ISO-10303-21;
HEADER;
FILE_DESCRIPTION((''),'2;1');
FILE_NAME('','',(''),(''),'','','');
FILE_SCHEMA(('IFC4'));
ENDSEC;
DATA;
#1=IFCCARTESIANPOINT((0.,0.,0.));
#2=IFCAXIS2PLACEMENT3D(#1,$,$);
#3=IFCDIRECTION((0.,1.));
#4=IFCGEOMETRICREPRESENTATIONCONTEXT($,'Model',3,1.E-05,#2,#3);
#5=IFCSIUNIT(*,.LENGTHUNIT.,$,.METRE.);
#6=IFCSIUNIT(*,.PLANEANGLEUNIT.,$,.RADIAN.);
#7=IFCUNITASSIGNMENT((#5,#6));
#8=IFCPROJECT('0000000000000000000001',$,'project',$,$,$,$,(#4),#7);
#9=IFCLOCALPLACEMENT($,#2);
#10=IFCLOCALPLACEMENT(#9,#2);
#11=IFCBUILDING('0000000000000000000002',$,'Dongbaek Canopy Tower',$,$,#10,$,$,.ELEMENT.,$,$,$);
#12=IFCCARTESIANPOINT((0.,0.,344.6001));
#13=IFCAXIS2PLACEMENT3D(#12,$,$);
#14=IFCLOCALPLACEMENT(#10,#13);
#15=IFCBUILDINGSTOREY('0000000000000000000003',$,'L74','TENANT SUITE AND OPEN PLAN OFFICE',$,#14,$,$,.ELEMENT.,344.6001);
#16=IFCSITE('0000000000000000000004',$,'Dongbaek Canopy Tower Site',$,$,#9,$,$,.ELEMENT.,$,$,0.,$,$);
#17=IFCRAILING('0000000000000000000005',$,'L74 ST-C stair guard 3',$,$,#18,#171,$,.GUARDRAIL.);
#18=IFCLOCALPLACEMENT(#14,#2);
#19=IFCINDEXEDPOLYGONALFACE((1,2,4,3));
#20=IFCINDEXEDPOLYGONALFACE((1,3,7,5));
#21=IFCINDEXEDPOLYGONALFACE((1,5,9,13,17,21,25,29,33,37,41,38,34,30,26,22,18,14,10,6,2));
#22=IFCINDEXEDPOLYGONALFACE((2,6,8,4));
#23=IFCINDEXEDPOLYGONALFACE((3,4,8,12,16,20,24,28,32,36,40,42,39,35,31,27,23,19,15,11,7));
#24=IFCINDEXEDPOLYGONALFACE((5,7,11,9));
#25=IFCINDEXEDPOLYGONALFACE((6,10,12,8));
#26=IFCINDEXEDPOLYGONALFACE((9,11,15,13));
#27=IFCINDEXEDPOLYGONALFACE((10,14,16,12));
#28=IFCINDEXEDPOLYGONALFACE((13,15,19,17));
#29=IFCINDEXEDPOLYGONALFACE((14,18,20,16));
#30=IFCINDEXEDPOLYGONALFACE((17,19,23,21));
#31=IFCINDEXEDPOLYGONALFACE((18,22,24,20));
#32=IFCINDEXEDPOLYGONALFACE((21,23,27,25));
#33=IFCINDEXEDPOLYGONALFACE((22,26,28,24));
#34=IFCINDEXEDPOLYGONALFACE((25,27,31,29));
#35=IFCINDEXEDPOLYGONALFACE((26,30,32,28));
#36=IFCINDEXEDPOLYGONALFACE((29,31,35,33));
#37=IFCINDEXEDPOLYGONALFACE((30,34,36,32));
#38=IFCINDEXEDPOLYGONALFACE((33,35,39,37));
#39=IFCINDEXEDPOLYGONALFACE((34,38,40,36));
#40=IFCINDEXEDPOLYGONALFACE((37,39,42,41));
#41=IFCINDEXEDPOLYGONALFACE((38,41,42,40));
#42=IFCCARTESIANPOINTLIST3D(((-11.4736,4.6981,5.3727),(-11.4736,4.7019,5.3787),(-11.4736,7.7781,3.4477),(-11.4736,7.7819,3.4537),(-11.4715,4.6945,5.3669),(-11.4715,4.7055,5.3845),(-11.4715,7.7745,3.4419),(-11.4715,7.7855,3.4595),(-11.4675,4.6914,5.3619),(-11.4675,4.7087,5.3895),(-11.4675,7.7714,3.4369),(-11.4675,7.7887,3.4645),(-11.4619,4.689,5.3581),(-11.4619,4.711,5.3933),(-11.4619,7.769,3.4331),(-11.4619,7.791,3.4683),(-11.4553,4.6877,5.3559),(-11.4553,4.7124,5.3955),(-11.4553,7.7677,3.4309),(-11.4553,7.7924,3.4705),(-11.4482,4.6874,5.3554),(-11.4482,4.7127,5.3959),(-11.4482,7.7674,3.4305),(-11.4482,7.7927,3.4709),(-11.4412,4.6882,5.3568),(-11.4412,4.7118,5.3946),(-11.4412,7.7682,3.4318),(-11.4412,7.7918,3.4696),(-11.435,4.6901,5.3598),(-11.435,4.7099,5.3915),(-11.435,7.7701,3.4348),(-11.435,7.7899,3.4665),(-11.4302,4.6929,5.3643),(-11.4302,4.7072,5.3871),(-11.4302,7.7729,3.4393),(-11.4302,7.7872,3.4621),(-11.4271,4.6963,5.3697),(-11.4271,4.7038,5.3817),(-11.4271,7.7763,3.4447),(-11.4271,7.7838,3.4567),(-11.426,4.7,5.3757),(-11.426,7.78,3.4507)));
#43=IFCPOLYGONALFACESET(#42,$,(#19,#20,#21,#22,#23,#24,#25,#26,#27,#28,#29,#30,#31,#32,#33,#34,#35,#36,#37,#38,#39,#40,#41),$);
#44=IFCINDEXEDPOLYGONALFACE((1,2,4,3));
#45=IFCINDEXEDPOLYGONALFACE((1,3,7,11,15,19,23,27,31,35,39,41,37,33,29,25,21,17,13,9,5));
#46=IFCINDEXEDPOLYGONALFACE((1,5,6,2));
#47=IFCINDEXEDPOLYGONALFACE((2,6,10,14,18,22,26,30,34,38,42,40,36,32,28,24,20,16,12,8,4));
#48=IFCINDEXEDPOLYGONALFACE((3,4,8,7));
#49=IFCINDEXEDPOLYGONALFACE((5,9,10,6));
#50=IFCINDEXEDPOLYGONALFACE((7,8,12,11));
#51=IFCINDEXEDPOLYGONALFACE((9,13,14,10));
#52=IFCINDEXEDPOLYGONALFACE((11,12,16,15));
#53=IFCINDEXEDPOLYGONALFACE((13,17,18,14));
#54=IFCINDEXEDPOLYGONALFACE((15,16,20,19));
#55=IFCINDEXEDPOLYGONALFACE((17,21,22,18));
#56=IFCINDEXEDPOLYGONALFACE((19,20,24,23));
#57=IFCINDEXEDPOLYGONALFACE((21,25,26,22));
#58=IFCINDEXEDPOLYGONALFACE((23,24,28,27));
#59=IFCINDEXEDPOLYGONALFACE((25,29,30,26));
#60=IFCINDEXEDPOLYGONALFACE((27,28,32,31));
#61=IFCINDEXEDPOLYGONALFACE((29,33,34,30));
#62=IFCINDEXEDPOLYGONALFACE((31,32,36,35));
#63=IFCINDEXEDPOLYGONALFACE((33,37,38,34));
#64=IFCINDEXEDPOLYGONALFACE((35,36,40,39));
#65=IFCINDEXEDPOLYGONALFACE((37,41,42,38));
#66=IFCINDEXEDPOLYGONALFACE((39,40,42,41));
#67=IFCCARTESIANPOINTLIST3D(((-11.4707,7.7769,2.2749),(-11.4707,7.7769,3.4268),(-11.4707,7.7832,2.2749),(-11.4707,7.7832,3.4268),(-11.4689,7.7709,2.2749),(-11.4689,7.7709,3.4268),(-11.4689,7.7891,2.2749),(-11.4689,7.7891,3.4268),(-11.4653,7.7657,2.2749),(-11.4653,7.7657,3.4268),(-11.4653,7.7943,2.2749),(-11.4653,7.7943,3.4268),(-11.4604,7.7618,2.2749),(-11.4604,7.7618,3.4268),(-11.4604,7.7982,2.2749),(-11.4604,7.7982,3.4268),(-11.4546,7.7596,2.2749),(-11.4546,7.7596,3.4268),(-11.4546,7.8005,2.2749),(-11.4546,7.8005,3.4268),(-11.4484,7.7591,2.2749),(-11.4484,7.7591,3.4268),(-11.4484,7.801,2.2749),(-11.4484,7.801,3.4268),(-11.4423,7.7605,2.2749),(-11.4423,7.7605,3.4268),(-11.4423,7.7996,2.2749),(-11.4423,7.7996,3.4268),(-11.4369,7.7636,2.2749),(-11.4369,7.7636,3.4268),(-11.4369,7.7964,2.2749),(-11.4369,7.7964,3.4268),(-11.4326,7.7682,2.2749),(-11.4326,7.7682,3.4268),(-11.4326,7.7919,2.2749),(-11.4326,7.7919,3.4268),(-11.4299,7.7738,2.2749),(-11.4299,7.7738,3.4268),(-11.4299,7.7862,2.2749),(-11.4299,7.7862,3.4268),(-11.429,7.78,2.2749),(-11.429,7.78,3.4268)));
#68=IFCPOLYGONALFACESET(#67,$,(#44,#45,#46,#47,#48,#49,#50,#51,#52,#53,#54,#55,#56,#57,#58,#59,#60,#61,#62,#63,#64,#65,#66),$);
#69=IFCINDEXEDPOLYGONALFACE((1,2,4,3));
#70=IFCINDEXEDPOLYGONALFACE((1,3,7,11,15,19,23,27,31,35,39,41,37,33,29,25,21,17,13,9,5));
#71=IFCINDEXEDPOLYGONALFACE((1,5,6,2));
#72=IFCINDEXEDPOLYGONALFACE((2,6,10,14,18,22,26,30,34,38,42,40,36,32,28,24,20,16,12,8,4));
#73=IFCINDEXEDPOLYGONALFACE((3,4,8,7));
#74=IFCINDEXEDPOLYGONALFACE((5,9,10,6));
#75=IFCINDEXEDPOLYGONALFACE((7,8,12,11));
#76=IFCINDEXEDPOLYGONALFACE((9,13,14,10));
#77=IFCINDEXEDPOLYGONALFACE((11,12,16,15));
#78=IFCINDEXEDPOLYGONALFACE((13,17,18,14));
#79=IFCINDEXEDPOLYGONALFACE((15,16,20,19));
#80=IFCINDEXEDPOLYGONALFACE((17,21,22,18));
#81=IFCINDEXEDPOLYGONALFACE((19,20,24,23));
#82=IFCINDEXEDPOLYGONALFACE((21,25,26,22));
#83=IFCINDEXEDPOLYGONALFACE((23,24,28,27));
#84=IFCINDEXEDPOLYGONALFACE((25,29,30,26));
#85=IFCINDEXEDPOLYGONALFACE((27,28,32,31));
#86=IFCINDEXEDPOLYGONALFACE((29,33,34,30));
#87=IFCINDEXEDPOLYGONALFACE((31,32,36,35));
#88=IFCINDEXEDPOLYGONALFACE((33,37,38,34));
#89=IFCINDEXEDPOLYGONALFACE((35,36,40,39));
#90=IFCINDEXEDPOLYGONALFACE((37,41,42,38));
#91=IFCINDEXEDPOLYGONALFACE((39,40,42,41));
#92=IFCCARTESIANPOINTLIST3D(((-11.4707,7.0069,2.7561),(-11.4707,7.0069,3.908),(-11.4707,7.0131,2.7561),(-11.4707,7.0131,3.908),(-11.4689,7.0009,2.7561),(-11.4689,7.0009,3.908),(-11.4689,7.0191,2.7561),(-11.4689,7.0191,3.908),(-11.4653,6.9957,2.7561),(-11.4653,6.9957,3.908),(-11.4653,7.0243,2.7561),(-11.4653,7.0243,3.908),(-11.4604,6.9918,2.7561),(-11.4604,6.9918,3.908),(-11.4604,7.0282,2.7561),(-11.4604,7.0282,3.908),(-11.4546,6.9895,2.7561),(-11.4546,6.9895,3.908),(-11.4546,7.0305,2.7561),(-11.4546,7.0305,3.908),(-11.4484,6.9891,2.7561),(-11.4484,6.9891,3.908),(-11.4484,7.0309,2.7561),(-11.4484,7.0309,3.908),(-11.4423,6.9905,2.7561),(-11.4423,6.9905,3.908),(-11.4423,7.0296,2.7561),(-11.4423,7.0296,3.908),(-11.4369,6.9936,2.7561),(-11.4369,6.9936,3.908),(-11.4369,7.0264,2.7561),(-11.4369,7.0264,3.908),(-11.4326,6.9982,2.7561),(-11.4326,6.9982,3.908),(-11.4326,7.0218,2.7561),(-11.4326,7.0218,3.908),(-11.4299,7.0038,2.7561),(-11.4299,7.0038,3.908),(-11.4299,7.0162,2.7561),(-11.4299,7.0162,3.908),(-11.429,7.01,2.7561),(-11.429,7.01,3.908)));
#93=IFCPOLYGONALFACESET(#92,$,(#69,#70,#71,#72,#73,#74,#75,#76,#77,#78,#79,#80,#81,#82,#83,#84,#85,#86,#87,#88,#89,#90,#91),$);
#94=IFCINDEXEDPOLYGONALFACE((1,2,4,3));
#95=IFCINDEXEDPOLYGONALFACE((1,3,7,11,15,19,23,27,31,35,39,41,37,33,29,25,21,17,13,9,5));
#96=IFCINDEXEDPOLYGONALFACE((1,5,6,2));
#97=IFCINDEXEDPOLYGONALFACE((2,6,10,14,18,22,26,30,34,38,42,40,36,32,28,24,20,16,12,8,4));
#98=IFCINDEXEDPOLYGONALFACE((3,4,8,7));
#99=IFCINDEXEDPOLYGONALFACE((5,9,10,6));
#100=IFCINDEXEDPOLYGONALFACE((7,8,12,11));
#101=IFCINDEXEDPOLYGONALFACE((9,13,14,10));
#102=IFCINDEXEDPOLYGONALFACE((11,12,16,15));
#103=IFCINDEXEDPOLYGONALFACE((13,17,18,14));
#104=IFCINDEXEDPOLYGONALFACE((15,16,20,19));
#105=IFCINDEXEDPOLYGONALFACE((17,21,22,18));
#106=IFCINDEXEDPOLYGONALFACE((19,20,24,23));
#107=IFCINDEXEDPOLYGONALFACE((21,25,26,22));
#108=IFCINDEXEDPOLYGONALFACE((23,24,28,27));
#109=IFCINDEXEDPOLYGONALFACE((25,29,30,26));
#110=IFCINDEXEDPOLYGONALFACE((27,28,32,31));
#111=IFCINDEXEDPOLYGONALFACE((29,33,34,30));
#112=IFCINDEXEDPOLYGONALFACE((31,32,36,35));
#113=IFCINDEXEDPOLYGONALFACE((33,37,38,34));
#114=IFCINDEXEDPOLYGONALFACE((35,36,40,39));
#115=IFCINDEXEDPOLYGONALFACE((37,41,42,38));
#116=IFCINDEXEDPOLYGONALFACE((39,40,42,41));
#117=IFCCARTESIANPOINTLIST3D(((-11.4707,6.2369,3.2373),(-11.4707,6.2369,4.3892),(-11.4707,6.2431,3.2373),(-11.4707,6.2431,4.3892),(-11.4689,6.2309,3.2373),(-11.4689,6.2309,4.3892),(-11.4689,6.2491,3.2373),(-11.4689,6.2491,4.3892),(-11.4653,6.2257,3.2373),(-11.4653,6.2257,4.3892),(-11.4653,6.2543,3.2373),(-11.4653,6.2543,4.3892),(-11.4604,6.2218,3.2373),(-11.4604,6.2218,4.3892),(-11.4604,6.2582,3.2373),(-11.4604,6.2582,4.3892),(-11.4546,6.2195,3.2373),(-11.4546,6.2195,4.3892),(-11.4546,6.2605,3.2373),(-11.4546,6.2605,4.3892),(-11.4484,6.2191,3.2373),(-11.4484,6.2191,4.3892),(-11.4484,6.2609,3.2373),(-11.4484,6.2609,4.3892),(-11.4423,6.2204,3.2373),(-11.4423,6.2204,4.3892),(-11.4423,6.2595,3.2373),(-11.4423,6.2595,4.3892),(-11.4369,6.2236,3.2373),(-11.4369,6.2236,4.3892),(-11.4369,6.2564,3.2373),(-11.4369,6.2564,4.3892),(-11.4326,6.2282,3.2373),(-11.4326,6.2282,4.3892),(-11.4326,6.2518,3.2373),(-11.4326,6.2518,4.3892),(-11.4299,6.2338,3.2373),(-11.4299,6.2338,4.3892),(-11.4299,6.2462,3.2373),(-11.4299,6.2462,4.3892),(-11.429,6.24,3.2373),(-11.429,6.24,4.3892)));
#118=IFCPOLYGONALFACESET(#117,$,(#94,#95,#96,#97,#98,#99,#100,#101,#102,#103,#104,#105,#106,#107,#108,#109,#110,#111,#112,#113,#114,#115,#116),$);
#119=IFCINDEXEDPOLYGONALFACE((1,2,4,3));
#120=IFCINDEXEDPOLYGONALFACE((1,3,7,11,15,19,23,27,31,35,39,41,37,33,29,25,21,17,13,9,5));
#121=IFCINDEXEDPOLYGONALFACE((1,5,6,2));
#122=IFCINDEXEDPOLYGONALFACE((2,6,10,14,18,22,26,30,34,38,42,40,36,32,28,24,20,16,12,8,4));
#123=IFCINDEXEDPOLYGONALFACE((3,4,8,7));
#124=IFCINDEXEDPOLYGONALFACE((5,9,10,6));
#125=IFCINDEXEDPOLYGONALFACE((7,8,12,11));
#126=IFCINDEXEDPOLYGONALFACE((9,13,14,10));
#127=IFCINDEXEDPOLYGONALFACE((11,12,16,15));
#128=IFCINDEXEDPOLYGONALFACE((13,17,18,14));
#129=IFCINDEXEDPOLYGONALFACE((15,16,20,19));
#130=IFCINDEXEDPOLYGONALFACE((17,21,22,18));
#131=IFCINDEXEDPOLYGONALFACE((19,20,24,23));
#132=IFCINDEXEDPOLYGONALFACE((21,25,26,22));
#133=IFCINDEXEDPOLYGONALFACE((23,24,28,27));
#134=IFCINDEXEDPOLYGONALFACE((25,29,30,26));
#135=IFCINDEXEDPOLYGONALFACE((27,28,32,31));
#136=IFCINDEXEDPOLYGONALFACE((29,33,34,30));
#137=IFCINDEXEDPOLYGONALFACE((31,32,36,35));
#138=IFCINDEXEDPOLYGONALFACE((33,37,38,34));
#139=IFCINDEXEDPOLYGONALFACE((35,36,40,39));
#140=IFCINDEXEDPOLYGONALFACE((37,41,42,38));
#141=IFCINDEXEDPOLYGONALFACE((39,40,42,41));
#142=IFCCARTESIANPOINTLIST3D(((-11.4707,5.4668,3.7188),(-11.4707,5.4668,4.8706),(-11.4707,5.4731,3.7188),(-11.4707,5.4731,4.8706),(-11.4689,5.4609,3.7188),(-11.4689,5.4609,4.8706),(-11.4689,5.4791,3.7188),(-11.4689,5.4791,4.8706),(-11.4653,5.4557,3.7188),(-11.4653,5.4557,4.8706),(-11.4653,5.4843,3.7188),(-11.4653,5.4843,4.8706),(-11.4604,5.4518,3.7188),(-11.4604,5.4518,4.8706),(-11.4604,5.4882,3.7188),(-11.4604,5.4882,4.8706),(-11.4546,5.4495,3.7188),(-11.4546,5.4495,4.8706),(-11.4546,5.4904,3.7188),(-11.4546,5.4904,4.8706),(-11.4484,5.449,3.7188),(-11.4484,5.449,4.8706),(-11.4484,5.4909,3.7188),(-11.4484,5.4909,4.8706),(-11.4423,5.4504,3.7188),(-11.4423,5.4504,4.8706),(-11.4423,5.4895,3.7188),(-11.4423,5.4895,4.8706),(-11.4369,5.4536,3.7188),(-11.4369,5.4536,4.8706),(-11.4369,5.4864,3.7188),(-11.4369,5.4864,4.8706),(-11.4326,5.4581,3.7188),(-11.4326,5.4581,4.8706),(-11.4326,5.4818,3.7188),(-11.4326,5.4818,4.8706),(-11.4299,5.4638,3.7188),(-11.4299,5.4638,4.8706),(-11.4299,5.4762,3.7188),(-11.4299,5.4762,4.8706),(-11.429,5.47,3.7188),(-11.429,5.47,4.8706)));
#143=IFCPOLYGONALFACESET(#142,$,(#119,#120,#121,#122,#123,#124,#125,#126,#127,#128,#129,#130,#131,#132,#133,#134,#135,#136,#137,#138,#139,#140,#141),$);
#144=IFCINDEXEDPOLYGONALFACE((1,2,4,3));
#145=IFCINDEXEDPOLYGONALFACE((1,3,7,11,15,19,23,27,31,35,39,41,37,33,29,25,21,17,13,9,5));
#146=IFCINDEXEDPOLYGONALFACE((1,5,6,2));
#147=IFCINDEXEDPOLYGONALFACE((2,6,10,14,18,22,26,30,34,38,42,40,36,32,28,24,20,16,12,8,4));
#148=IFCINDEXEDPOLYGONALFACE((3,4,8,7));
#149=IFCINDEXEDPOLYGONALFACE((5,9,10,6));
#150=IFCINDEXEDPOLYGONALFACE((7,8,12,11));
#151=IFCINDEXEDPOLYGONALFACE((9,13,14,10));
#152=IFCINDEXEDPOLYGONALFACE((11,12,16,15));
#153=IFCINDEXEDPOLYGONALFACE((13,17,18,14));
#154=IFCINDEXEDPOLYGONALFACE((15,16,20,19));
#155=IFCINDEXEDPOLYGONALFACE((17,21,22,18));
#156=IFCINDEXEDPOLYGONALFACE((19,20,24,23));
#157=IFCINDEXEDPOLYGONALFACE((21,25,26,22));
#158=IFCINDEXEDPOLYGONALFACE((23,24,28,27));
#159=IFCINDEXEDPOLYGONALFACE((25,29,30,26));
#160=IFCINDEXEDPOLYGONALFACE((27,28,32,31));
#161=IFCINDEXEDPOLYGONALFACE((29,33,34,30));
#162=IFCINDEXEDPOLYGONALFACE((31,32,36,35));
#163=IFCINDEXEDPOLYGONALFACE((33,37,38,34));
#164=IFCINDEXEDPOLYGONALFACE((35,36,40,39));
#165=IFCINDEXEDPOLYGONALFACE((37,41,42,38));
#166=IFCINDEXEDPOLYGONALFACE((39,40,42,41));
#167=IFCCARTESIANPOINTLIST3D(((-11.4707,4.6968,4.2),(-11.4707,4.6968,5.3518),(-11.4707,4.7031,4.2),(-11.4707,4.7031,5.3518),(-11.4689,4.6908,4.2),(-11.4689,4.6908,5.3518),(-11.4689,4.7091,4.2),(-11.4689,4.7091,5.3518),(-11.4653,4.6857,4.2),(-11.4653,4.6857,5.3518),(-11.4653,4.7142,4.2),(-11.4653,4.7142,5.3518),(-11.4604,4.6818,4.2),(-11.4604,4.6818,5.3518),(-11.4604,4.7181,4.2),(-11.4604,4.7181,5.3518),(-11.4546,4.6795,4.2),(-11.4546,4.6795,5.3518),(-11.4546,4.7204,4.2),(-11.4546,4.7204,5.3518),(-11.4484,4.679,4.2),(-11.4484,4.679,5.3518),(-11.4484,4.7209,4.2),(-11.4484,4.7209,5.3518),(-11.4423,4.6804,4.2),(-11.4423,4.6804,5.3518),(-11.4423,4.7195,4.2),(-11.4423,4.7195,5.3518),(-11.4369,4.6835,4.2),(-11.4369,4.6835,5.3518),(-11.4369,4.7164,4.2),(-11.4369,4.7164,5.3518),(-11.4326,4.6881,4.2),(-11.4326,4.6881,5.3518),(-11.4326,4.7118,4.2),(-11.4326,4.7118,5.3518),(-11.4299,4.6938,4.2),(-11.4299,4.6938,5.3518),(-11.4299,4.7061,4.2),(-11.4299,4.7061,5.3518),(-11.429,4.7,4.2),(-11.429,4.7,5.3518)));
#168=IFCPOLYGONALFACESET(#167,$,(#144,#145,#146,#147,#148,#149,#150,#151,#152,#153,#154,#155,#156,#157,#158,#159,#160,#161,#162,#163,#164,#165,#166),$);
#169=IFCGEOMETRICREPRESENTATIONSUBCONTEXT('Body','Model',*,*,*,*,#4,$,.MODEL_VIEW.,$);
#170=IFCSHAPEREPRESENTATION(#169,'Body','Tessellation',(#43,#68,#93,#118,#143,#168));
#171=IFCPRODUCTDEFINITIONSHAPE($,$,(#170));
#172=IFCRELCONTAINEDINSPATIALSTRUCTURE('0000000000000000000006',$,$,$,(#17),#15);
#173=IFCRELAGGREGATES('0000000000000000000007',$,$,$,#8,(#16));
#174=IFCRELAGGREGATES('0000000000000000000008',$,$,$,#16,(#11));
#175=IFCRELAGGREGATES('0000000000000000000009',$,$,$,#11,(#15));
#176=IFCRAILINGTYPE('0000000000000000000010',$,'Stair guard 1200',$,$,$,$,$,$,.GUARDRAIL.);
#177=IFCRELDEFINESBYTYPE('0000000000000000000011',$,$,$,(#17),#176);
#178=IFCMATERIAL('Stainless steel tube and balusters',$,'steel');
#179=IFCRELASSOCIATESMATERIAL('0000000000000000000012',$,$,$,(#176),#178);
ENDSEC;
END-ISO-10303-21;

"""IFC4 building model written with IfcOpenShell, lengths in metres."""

from ifc_helpers import new_model, si_unit, direction, frame, origin, origin_2d, place, context, subcontext, project, spatial, circle, extrude, material, type_object, element, save


model = new_model("IFC4")

# Units and contexts
model_context = context("Model", 3, precision=1e-05, world=origin(), true_north=direction((0.0, 1.0)))
body_context = subcontext(model_context, "Body", "Model", "MODEL_VIEW")
ifc_project = project(units=[si_unit("LENGTHUNIT", "METRE"), si_unit("PLANEANGLEUNIT", "RADIAN")], contexts=[model_context])

# Site, building, storey
site_placement = place(None, origin())
site = spatial("IfcSite", under=ifc_project, at=site_placement, Name="Dongbaek Canopy Tower Site", CompositionType="ELEMENT", RefElevation=0.0)
building_placement = place(site_placement, origin())
building = spatial("IfcBuilding", under=site, at=building_placement, Name="Dongbaek Canopy Tower", CompositionType="ELEMENT")
storey_placement = place(building_placement, frame((0.0, 0.0, 344.6001)))
storey = spatial("IfcBuildingStorey", under=building, at=storey_placement, Name="L74", Description="TENANT SUITE AND OPEN PLAN OFFICE", CompositionType="ELEMENT", Elevation=344.6001)

# Railing
ifc_material_1 = material(Name="Stainless steel tube and balusters", Category="steel")
railing_type_1 = type_object("IfcRailingType", Name="Stair guard 1200", PredefinedType="GUARDRAIL", material=ifc_material_1)
railing_1_placement = place(storey_placement, frame((-11.45, 7.78, 2.2749)))
element("IfcRailing", 1, at=railing_1_placement, inside=storey, type_object=railing_type_1, Name="L74 ST-C stair guard 3", PredefinedType="GUARDRAIL", context=body_context, shape_type="SweptSolid", body=[
    extrude(circle(Radius=0.0239, at=origin_2d()), frame((0.0, 0.0, 1.1758), z_axis=(0.0, -0.847998, 0.529999), x_axis=(1.0, 0.0, 0.0)), (0.0, 0.0, 1.0), 3.6321),
    extrude(circle(Radius=0.021, at=origin_2d()), origin(), (0.0, 0.0, 1.0), 1.1519),
    extrude(circle(Radius=0.021, at=origin_2d()), frame((0.0, -0.77, 0.4812)), (0.0, 0.0, 1.0), 1.1519),
    extrude(circle(Radius=0.021, at=origin_2d()), frame((0.0, -1.54, 0.9624)), (0.0, 0.0, 1.0), 1.1519),
    extrude(circle(Radius=0.021, at=origin_2d()), frame((0.0, -2.3101, 1.4438)), (0.0, 0.0, 1.0), 1.1519),
    extrude(circle(Radius=0.021, at=origin_2d()), frame((0.0, -3.0801, 1.925)), (0.0, 0.0, 1.0), 1.1519),
])

save(model, "model.ifc")
